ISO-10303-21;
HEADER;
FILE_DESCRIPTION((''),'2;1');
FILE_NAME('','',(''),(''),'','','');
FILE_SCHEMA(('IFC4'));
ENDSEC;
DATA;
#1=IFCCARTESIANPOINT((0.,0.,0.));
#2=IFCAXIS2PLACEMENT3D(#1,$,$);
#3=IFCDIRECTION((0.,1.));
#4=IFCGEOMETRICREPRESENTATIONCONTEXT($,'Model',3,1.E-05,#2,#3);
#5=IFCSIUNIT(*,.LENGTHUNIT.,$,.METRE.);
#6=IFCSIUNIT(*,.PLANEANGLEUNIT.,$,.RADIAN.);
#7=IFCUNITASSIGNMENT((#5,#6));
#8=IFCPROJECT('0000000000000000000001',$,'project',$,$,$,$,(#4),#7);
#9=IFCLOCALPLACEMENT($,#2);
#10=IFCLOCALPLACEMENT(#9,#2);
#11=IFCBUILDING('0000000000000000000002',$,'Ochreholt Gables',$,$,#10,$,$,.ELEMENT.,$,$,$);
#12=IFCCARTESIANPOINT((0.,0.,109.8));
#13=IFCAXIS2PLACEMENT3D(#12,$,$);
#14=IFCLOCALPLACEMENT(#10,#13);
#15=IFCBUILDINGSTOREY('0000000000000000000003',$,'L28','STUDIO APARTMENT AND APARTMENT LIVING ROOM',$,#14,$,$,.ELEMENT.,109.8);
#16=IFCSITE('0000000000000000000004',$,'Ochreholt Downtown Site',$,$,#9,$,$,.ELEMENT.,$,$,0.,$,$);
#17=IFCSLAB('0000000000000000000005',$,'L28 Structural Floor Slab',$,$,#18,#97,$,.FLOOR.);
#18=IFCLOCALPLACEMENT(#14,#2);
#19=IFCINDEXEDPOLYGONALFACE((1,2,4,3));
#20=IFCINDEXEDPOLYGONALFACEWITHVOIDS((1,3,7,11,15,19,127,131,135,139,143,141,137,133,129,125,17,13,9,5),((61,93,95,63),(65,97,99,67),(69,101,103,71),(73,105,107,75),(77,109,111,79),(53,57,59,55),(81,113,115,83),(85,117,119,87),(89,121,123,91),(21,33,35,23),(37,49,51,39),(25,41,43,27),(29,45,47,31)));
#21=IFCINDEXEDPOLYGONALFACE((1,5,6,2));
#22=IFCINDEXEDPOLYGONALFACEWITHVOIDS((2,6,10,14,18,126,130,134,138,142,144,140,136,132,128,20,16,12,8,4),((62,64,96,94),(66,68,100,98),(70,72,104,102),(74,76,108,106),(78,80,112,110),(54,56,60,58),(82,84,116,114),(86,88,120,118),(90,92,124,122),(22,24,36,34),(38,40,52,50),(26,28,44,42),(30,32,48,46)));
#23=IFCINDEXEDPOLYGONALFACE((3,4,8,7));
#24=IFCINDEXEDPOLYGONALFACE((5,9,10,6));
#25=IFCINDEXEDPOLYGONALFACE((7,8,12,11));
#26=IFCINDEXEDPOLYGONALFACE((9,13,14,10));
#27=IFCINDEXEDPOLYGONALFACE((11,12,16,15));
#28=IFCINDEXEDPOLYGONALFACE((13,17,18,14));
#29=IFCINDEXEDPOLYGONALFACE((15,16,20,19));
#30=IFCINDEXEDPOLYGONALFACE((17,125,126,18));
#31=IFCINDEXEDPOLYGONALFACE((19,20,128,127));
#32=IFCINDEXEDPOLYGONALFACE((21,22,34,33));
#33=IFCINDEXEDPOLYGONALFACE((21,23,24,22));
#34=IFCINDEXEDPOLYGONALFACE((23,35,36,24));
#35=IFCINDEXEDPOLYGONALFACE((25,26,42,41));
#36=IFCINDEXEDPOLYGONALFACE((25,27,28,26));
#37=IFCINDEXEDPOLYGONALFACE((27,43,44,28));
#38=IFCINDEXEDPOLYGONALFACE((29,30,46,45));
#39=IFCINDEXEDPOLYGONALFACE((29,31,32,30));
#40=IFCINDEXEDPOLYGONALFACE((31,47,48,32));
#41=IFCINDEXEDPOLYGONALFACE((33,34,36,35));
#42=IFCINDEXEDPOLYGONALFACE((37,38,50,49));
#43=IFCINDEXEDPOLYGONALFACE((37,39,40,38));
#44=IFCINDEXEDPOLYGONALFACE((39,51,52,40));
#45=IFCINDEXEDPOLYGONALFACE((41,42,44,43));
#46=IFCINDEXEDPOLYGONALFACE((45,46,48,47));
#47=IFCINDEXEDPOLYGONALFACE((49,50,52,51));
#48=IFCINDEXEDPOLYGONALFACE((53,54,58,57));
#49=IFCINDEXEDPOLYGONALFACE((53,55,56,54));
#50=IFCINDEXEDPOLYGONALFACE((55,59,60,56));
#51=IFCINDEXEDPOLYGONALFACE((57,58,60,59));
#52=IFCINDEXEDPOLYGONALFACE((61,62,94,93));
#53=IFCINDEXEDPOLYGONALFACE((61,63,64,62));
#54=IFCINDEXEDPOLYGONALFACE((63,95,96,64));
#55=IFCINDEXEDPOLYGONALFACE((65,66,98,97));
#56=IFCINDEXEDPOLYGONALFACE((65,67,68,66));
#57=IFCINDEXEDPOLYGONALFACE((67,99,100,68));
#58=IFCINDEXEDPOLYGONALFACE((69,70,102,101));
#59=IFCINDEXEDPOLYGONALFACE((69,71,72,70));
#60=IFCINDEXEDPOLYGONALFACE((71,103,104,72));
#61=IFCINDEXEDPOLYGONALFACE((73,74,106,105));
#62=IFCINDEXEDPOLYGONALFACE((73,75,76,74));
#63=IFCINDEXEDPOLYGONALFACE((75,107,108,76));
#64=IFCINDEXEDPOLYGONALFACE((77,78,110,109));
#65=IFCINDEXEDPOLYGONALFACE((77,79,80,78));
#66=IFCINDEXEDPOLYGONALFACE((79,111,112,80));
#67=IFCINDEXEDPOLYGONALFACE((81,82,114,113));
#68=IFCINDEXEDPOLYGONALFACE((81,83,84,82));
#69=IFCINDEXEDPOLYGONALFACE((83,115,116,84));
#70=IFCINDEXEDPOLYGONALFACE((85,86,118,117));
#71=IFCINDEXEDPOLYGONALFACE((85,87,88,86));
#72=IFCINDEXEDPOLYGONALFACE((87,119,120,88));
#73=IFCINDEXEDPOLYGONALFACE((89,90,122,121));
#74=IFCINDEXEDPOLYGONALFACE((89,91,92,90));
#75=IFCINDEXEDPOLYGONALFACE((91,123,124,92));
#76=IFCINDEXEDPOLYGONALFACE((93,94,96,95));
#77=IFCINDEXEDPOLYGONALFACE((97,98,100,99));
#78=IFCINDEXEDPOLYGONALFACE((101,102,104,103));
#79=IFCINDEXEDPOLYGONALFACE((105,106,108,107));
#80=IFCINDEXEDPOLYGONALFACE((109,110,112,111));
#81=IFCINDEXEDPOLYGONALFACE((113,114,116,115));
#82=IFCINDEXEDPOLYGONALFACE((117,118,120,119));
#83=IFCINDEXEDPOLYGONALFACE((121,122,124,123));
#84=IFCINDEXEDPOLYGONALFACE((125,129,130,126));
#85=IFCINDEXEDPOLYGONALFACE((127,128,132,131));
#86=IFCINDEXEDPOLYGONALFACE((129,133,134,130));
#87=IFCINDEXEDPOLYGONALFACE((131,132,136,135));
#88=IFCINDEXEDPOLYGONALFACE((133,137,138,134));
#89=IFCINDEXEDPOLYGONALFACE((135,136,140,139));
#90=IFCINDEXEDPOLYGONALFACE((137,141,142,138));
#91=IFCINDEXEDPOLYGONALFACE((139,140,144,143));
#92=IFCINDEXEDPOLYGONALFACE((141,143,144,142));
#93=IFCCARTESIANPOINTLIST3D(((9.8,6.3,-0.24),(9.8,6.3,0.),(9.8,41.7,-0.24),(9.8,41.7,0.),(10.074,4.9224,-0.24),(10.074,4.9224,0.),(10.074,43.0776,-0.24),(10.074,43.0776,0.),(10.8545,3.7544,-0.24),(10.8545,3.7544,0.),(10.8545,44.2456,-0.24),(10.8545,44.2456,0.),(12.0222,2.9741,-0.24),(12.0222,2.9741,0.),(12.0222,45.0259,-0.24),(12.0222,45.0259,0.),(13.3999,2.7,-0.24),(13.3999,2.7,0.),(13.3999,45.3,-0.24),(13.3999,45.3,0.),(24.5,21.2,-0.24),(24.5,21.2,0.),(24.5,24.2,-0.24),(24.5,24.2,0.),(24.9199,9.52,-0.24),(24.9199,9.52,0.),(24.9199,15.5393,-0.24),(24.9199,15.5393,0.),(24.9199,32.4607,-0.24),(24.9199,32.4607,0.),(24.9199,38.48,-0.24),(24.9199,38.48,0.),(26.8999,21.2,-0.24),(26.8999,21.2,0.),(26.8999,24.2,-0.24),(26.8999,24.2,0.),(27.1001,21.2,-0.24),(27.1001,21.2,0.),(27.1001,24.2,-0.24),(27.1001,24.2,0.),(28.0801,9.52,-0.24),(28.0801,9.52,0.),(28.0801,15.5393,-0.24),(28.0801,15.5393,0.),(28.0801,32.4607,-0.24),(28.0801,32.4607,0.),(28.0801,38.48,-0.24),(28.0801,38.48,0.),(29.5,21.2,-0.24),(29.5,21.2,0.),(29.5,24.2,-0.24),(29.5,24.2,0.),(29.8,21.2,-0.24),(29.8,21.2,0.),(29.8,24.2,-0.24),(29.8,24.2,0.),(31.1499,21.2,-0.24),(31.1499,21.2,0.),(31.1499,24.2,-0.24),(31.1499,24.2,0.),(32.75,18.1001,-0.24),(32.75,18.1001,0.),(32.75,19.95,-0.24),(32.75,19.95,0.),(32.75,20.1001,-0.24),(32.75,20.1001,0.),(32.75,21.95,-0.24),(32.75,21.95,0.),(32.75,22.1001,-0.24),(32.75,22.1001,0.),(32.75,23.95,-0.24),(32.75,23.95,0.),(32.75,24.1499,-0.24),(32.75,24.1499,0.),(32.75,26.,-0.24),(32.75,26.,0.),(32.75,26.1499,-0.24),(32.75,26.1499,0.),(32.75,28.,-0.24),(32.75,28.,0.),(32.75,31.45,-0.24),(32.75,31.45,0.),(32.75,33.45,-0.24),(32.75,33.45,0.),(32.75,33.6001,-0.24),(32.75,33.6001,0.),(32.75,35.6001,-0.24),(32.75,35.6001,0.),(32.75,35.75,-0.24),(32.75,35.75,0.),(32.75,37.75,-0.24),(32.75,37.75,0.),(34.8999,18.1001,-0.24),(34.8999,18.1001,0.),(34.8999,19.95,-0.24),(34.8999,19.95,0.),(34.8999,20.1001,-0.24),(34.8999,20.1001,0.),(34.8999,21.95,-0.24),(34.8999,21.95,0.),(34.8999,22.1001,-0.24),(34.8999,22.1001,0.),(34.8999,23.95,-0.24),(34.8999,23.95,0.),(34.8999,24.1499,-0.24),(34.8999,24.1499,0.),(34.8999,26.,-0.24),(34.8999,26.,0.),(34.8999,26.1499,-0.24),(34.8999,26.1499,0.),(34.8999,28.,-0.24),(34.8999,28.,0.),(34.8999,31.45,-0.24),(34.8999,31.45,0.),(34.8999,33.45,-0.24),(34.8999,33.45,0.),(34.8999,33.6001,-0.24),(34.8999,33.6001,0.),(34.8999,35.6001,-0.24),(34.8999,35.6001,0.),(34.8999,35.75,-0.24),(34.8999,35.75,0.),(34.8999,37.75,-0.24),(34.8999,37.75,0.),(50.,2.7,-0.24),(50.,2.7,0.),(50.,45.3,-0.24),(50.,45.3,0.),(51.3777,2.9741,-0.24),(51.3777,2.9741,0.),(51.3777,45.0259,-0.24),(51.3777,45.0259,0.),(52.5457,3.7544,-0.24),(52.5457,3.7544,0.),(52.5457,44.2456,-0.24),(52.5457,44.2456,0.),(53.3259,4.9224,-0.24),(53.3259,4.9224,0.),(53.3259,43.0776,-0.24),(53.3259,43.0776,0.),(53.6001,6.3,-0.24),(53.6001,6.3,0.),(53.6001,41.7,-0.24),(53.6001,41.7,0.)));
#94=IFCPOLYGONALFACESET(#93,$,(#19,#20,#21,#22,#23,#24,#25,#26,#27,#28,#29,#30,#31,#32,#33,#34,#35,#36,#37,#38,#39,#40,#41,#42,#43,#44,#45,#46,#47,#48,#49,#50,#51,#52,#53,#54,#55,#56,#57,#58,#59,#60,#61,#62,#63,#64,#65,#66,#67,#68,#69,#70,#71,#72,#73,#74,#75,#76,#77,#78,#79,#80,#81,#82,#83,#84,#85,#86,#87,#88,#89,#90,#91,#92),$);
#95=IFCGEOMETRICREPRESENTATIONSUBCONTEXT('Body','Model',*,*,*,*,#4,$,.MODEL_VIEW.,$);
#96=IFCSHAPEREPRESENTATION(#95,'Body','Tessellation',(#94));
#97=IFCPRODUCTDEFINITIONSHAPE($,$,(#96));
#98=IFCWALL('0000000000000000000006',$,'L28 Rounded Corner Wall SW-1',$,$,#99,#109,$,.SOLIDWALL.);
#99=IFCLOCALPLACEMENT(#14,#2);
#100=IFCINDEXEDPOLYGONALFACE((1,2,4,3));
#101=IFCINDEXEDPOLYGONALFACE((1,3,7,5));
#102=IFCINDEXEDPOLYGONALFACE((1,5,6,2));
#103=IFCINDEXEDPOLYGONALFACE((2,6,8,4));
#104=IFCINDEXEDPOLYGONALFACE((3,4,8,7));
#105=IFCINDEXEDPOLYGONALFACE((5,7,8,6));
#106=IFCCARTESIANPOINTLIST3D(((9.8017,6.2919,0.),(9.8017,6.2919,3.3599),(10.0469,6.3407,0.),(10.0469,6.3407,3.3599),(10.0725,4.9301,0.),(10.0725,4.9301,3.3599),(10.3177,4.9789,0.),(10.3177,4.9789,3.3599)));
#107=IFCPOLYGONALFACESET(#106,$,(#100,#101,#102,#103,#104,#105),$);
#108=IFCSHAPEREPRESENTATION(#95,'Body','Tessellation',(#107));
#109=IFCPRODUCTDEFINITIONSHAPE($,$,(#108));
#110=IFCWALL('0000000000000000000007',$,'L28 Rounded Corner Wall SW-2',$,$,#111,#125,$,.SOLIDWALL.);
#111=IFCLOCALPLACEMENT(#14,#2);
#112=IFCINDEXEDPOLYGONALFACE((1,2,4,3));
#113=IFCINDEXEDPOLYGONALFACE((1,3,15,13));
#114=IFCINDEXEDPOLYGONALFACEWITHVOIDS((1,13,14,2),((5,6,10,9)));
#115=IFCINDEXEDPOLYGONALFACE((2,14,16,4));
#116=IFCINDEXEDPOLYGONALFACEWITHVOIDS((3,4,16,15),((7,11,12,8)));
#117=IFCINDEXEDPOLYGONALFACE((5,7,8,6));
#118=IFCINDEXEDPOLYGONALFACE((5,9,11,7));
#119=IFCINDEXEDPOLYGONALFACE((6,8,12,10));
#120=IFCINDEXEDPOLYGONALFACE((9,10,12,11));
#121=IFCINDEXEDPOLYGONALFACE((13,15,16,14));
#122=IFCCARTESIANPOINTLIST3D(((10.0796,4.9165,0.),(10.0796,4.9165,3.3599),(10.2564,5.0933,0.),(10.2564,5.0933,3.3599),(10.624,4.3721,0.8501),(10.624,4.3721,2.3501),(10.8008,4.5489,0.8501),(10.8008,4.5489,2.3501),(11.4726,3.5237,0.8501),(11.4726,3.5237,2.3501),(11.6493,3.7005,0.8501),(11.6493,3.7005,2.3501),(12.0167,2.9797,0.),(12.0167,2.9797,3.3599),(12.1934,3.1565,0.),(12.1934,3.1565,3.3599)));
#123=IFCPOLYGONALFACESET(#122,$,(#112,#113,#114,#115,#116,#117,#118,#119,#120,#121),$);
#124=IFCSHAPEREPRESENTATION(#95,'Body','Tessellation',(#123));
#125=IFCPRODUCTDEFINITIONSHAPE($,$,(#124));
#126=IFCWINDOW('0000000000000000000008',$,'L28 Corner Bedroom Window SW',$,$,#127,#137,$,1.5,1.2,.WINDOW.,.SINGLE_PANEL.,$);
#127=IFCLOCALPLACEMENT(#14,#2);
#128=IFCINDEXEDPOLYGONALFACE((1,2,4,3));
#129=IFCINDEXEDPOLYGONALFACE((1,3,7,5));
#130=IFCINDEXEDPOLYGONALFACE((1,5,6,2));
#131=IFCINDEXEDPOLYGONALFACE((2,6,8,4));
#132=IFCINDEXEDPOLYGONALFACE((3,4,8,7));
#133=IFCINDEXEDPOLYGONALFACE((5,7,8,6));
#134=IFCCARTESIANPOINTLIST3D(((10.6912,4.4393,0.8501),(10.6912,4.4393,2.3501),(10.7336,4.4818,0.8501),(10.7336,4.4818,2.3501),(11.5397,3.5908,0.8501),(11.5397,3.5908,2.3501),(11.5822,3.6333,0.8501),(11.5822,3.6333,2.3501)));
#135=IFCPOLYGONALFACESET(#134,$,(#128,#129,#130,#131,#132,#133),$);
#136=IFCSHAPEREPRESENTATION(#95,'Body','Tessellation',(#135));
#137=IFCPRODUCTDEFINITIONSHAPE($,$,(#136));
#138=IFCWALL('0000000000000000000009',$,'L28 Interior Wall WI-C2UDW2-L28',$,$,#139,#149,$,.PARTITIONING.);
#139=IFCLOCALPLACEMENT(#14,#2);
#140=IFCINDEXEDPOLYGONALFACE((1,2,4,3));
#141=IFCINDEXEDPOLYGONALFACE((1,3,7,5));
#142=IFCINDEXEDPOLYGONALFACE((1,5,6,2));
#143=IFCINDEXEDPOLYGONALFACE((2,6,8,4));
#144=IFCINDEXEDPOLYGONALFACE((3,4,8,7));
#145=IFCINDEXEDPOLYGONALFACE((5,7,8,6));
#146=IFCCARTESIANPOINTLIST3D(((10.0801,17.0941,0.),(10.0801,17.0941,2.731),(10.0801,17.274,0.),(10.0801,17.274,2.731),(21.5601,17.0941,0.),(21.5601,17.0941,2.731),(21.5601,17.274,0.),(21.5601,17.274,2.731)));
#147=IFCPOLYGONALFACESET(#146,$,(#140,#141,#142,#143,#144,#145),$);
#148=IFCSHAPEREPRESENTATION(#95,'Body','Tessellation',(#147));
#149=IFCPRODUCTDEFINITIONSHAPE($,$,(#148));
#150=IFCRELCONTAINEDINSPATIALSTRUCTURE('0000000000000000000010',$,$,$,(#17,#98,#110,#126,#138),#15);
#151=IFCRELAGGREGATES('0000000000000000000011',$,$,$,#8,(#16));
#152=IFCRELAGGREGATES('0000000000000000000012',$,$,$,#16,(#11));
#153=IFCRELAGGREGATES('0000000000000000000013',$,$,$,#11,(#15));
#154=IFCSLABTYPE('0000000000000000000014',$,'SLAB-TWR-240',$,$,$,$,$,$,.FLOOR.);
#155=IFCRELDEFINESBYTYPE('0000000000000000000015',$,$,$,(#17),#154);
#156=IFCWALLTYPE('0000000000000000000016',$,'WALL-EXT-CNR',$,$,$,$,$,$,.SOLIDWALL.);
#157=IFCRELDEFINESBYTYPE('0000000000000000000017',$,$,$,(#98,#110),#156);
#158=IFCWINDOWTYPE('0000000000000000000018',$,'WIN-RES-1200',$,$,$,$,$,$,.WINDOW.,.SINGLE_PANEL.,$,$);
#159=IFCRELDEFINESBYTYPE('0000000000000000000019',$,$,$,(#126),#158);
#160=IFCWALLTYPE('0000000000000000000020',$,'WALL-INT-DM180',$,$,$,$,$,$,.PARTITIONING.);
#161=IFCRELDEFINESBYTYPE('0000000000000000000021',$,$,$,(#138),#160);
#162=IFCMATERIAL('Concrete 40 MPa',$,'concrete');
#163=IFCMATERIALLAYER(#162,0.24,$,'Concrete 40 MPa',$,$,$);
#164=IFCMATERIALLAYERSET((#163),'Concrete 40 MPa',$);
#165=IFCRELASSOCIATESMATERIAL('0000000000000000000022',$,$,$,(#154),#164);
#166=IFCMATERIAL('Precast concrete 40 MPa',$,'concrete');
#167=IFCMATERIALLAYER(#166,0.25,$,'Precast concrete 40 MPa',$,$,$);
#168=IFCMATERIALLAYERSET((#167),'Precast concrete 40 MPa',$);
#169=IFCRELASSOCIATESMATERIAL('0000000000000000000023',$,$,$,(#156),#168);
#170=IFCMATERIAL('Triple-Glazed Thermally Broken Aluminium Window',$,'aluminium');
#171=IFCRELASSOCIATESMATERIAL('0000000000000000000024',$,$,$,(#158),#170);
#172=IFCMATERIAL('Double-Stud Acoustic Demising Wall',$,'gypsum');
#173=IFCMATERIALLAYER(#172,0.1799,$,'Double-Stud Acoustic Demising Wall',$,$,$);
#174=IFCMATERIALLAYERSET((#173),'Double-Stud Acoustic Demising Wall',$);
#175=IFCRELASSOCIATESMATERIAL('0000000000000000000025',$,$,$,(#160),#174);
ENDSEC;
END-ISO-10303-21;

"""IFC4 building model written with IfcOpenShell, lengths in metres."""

from ifc_helpers import new_model, si_unit, direction, frame, frame_2d, origin, place, context, subcontext, project, spatial, polyline, rectangle, outline, extrude, material, layer, layer_set, type_object, element, fill, save


model = new_model("IFC4")

# Units and contexts
model_context = context("Model", 3, precision=1e-05, world=origin(), true_north=direction((0.0, 1.0)))
body_context = subcontext(model_context, "Body", "Model", "MODEL_VIEW")
ifc_project = project(units=[si_unit("LENGTHUNIT", "METRE"), si_unit("PLANEANGLEUNIT", "RADIAN")], contexts=[model_context])

# Site, building, storey
site_placement = place(None, origin())
site = spatial("IfcSite", under=ifc_project, at=site_placement, Name="Ochreholt Downtown Site", CompositionType="ELEMENT", RefElevation=0.0)
building_placement = place(site_placement, origin())
building = spatial("IfcBuilding", under=site, at=building_placement, Name="Ochreholt Gables", CompositionType="ELEMENT")
storey_placement = place(building_placement, frame((0.0, 0.0, 109.8)))
storey = spatial("IfcBuildingStorey", under=building, at=storey_placement, Name="L28", Description="STUDIO APARTMENT AND APARTMENT LIVING ROOM", CompositionType="ELEMENT", Elevation=109.8)

# Shared definitions
ifc_material_1 = material(Name="Concrete 40 MPa", Category="concrete")

# Slab
ifc_layer_1 = layer(ifc_material_1, 0.24, Name="Concrete 40 MPa")
ifc_layer_set_1 = layer_set([ifc_layer_1], Name="Concrete 40 MPa")
slab_type_1 = type_object("IfcSlabType", Name="SLAB-TWR-240", PredefinedType="FLOOR", material=ifc_layer_set_1)
slab_1_placement = place(storey_placement, frame((0.0, 0.0, -0.24)))
element("IfcSlab", 1, at=slab_1_placement, inside=storey, type_object=slab_type_1, Name="L28 Structural Floor Slab", PredefinedType="FLOOR", context=body_context, shape_type="SweptSolid", body=[
    extrude(outline(polyline([(9.8, 6.3), (10.074, 4.9224), (10.8545, 3.7544), (12.0222, 2.9741), (13.3999, 2.7), (50.0, 2.7), (51.3777, 2.9741), (52.5457, 3.7544), (53.3259, 4.9224), (53.6001, 6.3), (53.6001, 41.7), (53.3259, 43.0776), (52.5457, 44.2456), (51.3777, 45.0259), (50.0, 45.3), (13.3999, 45.3), (12.0222, 45.0259), (10.8545, 44.2456), (10.074, 43.0776), (9.8, 41.7), (9.8, 6.3)]), holes=[polyline([(24.9199, 15.5393), (24.9199, 9.52), (28.0801, 9.52), (28.0801, 15.5393), (24.9199, 15.5393)]), polyline([(28.0801, 32.4607), (28.0801, 38.48), (24.9199, 38.48), (24.9199, 32.4607), (28.0801, 32.4607)]), polyline([(24.5, 21.2), (26.8999, 21.2), (26.8999, 24.2), (24.5, 24.2), (24.5, 21.2)]), polyline([(27.1001, 21.2), (29.5, 21.2), (29.5, 24.2), (27.1001, 24.2), (27.1001, 21.2)]), polyline([(32.75, 18.1001), (34.8999, 18.1001), (34.8999, 19.95), (32.75, 19.95), (32.75, 18.1001)]), polyline([(32.75, 20.1001), (34.8999, 20.1001), (34.8999, 21.95), (32.75, 21.95), (32.75, 20.1001)]), polyline([(32.75, 22.1001), (34.8999, 22.1001), (34.8999, 23.95), (32.75, 23.95), (32.75, 22.1001)]), polyline([(32.75, 24.1499), (34.8999, 24.1499), (34.8999, 26.0), (32.75, 26.0), (32.75, 24.1499)]), polyline([(32.75, 26.1499), (34.8999, 26.1499), (34.8999, 28.0), (32.75, 28.0), (32.75, 26.1499)]), polyline([(32.75, 31.45), (34.8999, 31.45), (34.8999, 33.45), (32.75, 33.45), (32.75, 31.45)]), polyline([(32.75, 33.6001), (34.8999, 33.6001), (34.8999, 35.6001), (32.75, 35.6001), (32.75, 33.6001)]), polyline([(32.75, 35.75), (34.8999, 35.75), (34.8999, 37.75), (32.75, 37.75), (32.75, 35.75)]), polyline([(29.8, 21.2), (31.1499, 21.2), (31.1499, 24.2), (29.8, 24.2), (29.8, 21.2)])]), origin(), (0.0, 0.0, 1.0), 0.24),
])

# Wall
ifc_material_2 = material(Name="Precast concrete 40 MPa", Category="concrete")
ifc_layer_2 = layer(ifc_material_2, 0.25, Name="Precast concrete 40 MPa")
ifc_layer_set_2 = layer_set([ifc_layer_2], Name="Precast concrete 40 MPa")
wall_type_1 = type_object("IfcWallType", Name="WALL-EXT-CNR", PredefinedType="SOLIDWALL", material=ifc_layer_set_2)
wall_1_placement = place(storey_placement, frame((9.9243, 6.3164, 0.0), z_axis=(0.0, 0.0, 1.0), x_axis=(0.195, -0.980803, 0.0)))
element("IfcWall", 2, at=wall_1_placement, inside=storey, type_object=wall_type_1, Name="L28 Rounded Corner Wall SW-1", PredefinedType="SOLIDWALL", context=body_context, shape_type="SweptSolid", body=[
    extrude(rectangle(XDim=1.3884, YDim=0.25, at=frame_2d((0.6943, 0.0))), origin(), (0.0, 0.0, 1.0), 3.3599),
])

# Wall, opening, window
wall_2_placement = place(storey_placement, frame((10.168, 5.0049, 0.0), z_axis=(0.0, 0.0, 1.0), x_axis=(0.707151, -0.707062, 0.0)))
wall_2 = element("IfcWall", 3, at=wall_2_placement, inside=storey, type_object=wall_type_1, Name="L28 Rounded Corner Wall SW-2", PredefinedType="SOLIDWALL", context=body_context, shape_type="SweptSolid", body=[
    extrude(rectangle(XDim=2.7393, YDim=0.25, at=frame_2d((1.3696, 0.0))), origin(), (0.0, 0.0, 1.0), 3.3599),
])
opening_1_placement = place(wall_2_placement, frame((0.7698, 0.0, 0.8501)))
opening_1 = element("IfcOpeningElement", 4, at=opening_1_placement, cuts=wall_2, PredefinedType="OPENING", context=body_context, shape_type="SweptSolid", body=[
    extrude(rectangle(XDim=1.2, YDim=1.5, at=frame_2d((0.6001, 0.75))), frame((0.0, 0.135, 0.0), z_axis=(0.0, -1.0, 0.0), x_axis=(1.0, 0.0, 0.0)), (0.0, 0.0, 1.0), 0.27),
])
ifc_material_3 = material(Name="Triple-Glazed Thermally Broken Aluminium Window", Category="aluminium")
window_type = type_object("IfcWindowType", Name="WIN-RES-1200", PartitioningType="SINGLE_PANEL", PredefinedType="WINDOW", material=ifc_material_3)
window_placement = place(opening_1_placement, origin())
window = element("IfcWindow", 5, at=window_placement, inside=storey, type_object=window_type, Name="L28 Corner Bedroom Window SW", OverallHeight=1.5, OverallWidth=1.2, PartitioningType="SINGLE_PANEL", PredefinedType="WINDOW", context=body_context, shape_type="SweptSolid", body=[
    extrude(rectangle(XDim=1.2, YDim=1.5, at=frame_2d((0.6001, 0.75))), frame((0.0, 0.03, 0.0), z_axis=(0.0, -1.0, 0.0), x_axis=(1.0, 0.0, 0.0)), (0.0, 0.0, 1.0), 0.0601),
])
fill(opening_1, window)

# Wall
ifc_material_4 = material(Name="Double-Stud Acoustic Demising Wall", Category="gypsum")
ifc_layer_3 = layer(ifc_material_4, 0.1799, Name="Double-Stud Acoustic Demising Wall")
ifc_layer_set_3 = layer_set([ifc_layer_3], Name="Double-Stud Acoustic Demising Wall")
wall_type_2 = type_object("IfcWallType", Name="WALL-INT-DM180", PredefinedType="PARTITIONING", material=ifc_layer_set_3)
wall_3_placement = place(storey_placement, frame((10.0801, 17.1841, 0.0), z_axis=(0.0, 0.0, 1.0), x_axis=(1.0, 0.0, 0.0)))
element("IfcWall", 6, at=wall_3_placement, inside=storey, type_object=wall_type_2, Name="L28 Interior Wall WI-C2UDW2-L28", PredefinedType="PARTITIONING", context=body_context, shape_type="SweptSolid", body=[
    extrude(rectangle(XDim=11.48, YDim=0.1799, at=frame_2d((5.74, 0.0))), origin(), (0.0, 0.0, 1.0), 2.731),
])

save(model, "model.ifc")
